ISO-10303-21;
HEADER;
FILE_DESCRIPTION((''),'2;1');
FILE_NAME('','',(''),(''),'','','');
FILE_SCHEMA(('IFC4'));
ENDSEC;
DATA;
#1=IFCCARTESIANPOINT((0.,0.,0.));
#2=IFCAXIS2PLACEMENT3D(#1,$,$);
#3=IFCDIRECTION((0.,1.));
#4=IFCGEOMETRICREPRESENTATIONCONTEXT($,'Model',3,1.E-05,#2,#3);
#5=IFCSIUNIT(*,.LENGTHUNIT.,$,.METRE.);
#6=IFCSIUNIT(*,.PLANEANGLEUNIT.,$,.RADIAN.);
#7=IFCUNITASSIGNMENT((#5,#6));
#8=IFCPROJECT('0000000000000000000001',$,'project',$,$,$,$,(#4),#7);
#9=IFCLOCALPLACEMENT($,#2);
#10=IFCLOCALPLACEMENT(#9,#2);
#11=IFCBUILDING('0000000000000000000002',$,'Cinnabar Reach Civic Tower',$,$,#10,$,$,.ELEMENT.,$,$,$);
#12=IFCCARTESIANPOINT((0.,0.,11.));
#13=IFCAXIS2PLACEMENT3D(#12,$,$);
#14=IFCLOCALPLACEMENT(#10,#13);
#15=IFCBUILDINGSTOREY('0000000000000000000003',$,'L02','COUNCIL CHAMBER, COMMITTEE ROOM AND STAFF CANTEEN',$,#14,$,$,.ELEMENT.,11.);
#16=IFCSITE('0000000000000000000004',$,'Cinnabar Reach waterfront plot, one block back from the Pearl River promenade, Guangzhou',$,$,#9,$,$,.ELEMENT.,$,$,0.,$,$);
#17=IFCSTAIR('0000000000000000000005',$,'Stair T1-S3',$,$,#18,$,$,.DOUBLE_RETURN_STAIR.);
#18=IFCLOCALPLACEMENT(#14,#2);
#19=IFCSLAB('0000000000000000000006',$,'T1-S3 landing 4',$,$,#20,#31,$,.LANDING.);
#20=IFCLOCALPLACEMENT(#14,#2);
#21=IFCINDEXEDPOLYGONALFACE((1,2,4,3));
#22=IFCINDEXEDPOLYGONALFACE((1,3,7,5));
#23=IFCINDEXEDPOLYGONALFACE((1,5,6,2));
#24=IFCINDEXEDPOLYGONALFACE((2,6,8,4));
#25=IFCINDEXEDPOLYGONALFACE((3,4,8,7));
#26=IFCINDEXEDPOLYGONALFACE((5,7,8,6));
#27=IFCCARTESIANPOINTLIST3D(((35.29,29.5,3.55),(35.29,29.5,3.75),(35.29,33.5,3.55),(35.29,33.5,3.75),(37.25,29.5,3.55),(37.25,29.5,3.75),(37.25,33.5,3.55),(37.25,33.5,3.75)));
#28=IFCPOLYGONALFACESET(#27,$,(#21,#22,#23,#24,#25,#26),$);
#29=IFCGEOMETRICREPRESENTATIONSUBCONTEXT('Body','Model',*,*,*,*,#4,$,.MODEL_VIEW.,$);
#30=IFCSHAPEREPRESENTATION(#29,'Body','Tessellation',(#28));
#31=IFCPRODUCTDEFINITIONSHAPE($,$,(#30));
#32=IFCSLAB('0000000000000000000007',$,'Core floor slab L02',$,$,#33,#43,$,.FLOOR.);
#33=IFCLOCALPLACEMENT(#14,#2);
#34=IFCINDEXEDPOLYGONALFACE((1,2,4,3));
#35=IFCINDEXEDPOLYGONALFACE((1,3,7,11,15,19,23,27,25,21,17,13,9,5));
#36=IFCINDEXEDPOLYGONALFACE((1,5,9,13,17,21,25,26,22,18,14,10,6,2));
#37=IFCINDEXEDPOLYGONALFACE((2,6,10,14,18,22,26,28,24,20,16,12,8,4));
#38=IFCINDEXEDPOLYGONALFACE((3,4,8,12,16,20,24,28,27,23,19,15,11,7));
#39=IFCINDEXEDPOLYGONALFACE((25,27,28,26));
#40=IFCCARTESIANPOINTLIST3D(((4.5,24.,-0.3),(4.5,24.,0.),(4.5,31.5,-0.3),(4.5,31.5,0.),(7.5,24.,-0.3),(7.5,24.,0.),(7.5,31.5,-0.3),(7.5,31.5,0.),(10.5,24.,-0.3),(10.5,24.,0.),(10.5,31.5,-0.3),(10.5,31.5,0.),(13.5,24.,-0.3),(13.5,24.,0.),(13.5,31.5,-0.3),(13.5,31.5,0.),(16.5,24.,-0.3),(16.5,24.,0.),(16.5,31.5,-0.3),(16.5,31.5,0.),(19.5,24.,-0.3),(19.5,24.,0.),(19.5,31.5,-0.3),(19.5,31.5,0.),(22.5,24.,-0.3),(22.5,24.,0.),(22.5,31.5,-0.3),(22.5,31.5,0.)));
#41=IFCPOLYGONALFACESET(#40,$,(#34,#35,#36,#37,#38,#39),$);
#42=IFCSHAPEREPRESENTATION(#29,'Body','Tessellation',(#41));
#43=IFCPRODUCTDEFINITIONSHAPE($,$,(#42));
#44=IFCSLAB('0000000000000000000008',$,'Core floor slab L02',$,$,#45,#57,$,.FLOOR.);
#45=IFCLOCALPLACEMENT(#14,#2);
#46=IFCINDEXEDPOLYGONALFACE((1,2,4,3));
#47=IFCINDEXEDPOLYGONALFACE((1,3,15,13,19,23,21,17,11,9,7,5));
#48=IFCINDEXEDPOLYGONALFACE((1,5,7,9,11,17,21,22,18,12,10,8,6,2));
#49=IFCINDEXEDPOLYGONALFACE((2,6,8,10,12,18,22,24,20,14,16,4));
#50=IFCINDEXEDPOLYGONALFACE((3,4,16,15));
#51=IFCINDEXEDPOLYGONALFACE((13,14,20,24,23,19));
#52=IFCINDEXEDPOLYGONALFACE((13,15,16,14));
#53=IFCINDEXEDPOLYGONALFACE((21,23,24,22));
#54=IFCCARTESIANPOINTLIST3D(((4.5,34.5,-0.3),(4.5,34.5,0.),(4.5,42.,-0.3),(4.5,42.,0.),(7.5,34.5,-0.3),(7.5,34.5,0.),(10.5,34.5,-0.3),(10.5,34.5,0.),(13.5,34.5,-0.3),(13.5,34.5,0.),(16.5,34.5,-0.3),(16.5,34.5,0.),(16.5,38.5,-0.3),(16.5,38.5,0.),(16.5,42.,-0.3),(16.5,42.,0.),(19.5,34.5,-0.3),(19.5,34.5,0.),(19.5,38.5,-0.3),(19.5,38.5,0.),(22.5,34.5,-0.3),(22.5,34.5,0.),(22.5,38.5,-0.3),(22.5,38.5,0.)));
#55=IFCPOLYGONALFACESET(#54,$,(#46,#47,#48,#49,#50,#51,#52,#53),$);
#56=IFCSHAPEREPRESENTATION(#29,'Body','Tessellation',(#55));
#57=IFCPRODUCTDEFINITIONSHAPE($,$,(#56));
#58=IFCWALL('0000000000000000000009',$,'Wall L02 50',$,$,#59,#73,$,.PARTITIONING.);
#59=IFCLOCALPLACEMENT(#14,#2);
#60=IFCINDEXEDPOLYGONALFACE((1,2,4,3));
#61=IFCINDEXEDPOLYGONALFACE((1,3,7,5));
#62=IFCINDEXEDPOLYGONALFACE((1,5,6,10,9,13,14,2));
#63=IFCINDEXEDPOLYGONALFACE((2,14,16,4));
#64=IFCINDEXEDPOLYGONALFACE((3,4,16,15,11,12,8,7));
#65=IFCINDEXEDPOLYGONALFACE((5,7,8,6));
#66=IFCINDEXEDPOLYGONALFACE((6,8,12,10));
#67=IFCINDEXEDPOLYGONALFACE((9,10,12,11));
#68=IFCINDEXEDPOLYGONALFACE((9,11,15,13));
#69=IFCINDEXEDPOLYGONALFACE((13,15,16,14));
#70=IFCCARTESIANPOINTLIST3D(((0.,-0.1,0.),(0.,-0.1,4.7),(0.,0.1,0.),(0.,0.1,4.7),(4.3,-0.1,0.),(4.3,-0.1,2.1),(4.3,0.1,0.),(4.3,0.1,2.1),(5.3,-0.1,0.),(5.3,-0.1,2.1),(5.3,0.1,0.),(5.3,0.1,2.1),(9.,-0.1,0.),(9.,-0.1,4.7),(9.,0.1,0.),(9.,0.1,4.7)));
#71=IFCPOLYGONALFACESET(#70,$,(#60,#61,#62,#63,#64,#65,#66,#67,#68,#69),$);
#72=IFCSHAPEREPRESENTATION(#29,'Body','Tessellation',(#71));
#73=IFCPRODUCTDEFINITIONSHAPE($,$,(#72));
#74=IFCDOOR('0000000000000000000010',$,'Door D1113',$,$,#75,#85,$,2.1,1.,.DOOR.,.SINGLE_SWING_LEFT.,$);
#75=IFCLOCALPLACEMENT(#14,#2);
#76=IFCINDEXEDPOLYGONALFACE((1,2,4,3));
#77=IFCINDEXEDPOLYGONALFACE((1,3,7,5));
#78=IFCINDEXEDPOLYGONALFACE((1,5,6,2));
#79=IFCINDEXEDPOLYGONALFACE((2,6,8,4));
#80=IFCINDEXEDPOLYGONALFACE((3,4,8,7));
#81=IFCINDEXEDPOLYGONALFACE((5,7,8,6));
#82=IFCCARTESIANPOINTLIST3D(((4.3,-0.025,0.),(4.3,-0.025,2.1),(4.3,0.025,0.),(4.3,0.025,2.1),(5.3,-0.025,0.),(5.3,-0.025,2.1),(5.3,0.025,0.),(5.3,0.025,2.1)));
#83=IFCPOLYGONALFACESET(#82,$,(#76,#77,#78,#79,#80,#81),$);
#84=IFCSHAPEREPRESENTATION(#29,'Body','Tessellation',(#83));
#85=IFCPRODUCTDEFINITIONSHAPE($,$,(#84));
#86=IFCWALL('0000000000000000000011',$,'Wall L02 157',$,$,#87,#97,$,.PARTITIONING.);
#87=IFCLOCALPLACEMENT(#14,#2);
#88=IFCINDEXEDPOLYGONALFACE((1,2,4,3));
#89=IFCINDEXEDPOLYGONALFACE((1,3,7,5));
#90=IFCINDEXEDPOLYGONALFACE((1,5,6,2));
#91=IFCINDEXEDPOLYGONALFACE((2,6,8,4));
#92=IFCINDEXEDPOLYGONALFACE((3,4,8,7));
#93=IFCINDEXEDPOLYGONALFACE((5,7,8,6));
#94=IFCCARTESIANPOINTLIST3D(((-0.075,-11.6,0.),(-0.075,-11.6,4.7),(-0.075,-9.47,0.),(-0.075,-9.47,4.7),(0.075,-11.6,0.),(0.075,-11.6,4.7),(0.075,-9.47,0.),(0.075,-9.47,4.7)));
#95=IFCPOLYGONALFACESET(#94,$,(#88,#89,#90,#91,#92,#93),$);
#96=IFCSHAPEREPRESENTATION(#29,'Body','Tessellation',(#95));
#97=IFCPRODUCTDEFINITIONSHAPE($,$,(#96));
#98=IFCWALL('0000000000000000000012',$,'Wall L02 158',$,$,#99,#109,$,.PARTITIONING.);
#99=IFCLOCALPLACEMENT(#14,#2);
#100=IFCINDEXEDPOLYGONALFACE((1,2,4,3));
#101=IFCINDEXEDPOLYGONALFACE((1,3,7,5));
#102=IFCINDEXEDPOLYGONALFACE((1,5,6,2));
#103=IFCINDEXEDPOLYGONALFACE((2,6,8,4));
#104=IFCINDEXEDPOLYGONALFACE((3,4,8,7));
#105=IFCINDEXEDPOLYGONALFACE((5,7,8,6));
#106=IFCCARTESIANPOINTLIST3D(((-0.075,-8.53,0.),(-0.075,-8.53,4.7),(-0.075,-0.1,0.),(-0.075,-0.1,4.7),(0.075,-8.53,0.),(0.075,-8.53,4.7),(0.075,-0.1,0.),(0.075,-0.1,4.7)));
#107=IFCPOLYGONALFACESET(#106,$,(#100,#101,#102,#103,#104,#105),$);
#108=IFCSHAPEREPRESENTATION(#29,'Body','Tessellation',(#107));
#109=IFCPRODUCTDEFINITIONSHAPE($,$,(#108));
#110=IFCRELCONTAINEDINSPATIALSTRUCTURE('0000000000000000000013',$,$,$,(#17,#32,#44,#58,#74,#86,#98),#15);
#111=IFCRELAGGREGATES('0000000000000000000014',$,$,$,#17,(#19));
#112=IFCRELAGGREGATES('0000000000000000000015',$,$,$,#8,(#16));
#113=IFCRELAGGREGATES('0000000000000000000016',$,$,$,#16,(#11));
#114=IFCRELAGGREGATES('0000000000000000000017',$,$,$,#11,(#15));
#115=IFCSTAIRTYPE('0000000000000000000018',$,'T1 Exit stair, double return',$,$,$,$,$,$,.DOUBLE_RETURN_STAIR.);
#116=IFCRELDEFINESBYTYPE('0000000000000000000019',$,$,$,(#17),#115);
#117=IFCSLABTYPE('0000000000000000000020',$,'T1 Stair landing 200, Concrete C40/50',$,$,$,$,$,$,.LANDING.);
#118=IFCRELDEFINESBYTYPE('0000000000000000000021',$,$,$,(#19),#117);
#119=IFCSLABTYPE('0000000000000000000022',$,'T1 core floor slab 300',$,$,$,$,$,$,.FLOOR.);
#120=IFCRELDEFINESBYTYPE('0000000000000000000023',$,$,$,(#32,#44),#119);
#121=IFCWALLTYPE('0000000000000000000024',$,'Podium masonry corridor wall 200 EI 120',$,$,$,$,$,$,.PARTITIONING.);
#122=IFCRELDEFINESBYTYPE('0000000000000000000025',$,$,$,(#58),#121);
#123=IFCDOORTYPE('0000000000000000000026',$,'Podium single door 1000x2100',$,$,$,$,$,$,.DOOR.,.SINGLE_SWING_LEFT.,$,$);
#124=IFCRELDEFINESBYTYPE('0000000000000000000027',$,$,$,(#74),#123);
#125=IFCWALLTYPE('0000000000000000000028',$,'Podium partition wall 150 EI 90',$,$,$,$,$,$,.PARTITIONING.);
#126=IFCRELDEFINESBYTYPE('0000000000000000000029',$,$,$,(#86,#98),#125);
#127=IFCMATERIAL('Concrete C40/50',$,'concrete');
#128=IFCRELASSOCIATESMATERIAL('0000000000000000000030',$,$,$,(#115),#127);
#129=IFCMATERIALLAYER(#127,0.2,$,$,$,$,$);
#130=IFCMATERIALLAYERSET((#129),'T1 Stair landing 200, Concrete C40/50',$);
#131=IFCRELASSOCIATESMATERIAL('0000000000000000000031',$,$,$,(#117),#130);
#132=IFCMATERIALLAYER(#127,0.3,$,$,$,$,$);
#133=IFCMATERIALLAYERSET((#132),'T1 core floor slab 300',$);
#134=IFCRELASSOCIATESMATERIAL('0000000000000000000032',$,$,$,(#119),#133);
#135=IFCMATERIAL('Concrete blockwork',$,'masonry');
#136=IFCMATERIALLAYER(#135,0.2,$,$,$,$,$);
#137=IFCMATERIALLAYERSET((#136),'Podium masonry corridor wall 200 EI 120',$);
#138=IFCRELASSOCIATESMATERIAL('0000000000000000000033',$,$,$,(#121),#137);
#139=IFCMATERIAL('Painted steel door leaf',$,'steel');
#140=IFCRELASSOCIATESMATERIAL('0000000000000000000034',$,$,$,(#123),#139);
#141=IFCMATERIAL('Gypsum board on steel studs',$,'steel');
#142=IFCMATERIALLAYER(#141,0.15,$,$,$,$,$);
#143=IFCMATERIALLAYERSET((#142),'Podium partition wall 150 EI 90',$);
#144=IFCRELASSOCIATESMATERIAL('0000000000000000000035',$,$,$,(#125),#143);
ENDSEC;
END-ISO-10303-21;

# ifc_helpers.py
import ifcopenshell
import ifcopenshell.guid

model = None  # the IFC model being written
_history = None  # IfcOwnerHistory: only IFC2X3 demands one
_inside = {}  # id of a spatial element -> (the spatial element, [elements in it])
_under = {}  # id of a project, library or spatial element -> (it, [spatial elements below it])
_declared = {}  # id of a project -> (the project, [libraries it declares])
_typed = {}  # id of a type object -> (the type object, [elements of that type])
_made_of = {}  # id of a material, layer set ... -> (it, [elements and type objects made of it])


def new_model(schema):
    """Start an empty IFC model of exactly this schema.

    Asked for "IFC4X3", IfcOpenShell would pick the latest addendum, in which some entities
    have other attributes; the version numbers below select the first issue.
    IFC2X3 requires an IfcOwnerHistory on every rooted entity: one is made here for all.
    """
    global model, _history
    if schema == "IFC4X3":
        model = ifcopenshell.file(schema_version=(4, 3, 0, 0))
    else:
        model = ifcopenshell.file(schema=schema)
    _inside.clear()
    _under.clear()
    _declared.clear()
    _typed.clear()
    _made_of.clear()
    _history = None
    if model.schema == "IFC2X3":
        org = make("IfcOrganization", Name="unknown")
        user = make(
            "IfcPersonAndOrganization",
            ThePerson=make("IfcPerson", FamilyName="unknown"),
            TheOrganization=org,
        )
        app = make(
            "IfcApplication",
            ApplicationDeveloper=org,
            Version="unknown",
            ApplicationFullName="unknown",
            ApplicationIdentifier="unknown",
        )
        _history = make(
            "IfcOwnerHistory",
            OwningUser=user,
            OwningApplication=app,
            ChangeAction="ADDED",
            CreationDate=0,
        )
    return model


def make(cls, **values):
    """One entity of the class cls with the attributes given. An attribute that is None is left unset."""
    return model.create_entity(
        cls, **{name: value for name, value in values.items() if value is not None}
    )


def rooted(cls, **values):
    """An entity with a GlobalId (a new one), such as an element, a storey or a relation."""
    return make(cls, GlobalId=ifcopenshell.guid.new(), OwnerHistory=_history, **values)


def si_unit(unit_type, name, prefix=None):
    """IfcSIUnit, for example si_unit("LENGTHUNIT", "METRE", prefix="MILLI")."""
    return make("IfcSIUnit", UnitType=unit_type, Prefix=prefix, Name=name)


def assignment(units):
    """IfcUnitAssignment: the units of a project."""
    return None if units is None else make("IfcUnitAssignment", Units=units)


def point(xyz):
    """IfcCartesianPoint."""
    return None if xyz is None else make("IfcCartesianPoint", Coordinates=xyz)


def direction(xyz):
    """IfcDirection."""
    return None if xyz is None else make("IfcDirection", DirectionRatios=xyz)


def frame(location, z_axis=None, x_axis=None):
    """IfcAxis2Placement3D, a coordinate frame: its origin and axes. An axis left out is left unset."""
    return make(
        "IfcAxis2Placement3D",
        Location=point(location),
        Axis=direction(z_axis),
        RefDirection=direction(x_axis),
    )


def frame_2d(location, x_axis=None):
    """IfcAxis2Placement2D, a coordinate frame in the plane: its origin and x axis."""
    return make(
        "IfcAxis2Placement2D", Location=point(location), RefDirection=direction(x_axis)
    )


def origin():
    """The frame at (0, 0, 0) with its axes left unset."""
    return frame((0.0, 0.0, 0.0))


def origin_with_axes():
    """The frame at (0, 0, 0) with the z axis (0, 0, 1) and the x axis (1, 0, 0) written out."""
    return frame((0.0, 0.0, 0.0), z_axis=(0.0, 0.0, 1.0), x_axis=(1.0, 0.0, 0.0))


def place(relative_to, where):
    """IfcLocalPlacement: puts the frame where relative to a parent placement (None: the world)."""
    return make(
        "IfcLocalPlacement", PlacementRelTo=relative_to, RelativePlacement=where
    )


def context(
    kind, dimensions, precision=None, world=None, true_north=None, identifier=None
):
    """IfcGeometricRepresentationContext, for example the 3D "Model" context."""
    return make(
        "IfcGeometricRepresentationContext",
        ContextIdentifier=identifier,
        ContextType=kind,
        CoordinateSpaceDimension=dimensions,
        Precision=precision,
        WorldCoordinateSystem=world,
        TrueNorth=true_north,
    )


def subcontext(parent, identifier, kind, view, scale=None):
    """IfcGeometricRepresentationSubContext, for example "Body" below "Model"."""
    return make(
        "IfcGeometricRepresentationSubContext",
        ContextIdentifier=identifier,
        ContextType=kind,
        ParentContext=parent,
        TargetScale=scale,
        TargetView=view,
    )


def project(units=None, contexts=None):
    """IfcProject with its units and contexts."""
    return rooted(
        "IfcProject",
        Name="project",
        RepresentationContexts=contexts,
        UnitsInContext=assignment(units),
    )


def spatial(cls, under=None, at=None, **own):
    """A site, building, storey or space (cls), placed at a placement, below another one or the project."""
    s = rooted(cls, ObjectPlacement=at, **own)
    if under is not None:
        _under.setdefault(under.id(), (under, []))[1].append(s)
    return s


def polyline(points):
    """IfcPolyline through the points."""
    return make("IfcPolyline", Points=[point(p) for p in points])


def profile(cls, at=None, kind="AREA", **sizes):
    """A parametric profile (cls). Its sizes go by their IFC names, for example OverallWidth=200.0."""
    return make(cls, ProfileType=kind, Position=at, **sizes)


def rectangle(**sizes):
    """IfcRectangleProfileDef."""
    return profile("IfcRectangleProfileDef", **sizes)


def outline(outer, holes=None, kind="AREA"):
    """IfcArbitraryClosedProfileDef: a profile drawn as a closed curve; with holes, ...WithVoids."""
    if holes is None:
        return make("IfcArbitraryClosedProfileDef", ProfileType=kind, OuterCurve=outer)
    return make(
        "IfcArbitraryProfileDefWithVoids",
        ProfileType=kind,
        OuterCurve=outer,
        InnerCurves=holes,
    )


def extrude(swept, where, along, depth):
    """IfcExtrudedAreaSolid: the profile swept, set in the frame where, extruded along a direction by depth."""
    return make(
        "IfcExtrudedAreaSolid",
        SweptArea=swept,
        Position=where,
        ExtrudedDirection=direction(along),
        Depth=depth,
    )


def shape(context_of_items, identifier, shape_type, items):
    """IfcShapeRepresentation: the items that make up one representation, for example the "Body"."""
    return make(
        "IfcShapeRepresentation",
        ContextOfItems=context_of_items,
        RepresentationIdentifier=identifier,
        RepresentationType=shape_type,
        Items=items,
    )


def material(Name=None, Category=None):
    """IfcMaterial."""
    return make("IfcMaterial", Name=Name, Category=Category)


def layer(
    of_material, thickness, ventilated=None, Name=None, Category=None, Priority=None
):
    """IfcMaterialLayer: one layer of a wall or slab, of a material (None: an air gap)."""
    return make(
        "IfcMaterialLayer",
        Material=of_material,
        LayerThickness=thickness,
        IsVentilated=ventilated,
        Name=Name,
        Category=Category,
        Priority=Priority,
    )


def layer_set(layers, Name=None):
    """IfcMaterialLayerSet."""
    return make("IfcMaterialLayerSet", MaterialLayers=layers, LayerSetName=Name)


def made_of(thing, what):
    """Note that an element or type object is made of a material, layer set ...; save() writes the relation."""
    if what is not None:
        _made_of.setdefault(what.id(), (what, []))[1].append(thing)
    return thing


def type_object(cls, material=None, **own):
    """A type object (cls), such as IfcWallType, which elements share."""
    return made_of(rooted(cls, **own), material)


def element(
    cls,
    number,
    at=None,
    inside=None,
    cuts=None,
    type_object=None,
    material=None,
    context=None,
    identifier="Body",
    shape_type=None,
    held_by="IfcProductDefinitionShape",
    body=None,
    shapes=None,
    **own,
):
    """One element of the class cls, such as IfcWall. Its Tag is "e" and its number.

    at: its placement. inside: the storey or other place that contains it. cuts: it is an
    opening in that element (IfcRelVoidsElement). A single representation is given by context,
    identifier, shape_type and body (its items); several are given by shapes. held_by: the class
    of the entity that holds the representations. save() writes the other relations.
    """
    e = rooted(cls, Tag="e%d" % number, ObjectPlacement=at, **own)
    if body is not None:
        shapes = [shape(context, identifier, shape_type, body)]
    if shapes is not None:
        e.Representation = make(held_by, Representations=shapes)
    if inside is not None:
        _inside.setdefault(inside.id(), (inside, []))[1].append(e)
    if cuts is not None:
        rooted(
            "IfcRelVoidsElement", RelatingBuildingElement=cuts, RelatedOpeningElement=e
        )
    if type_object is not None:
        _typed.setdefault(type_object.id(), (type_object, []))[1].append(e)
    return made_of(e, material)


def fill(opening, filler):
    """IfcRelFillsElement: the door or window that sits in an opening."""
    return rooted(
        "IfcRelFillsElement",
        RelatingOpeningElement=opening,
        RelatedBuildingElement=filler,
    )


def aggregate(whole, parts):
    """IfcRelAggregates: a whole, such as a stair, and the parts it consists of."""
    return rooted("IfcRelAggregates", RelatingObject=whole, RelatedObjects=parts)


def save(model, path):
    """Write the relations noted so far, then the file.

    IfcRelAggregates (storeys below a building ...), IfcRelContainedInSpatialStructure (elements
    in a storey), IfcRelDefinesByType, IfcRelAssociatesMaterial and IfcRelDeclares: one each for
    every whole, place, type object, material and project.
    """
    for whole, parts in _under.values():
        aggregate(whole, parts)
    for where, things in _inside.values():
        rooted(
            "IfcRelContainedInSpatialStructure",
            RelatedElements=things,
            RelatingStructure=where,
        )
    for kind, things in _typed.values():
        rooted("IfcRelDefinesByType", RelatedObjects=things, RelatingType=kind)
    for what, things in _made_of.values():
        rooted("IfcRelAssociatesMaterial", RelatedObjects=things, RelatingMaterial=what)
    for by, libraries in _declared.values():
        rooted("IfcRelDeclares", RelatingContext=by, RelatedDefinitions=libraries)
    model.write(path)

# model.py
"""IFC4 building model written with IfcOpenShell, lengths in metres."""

from ifc_helpers import new_model, si_unit, direction, frame, frame_2d, origin, origin_with_axes, place, context, subcontext, project, spatial, polyline, rectangle, outline, extrude, material, layer, layer_set, type_object, element, fill, aggregate, save


model = new_model("IFC4")

# Units and contexts
model_context = context("Model", 3, precision=1e-05, world=origin(), true_north=direction((0.0, 1.0)))
body_context = subcontext(model_context, "Body", "Model", "MODEL_VIEW")
ifc_project = project(units=[si_unit("LENGTHUNIT", "METRE"), si_unit("PLANEANGLEUNIT", "RADIAN")], contexts=[model_context])

# Site, building, storey
site_placement = place(None, origin())
site = spatial("IfcSite", under=ifc_project, at=site_placement, Name="Cinnabar Reach waterfront plot, one block back from the Pearl River promenade, Guangzhou", CompositionType="ELEMENT", RefElevation=0.0)
building_placement = place(site_placement, origin())
building = spatial("IfcBuilding", under=site, at=building_placement, Name="Cinnabar Reach Civic Tower", CompositionType="ELEMENT")
storey_placement = place(building_placement, frame((0.0, 0.0, 11.0)))
storey = spatial("IfcBuildingStorey", under=building, at=storey_placement, Name="L02", Description="COUNCIL CHAMBER, COMMITTEE ROOM AND STAFF CANTEEN", CompositionType="ELEMENT", Elevation=11.0)

# Stair, slab
ifc_material_1 = material(Name="Concrete C40/50", Category="concrete")
stair_type_1 = type_object("IfcStairType", Name="T1 Exit stair, double return", PredefinedType="DOUBLE_RETURN_STAIR", material=ifc_material_1)
ifc_layer_1 = layer(ifc_material_1, 0.2)
ifc_layer_set_1 = layer_set([ifc_layer_1], Name="T1 Stair landing 200, Concrete C40/50")
slab_type_1 = type_object("IfcSlabType", Name="T1 Stair landing 200, Concrete C40/50", PredefinedType="LANDING", material=ifc_layer_set_1)
stair_1_placement = place(storey_placement, origin())
stair_1 = element("IfcStair", 1, at=stair_1_placement, inside=storey, type_object=stair_type_1, Name="Stair T1-S3", PredefinedType="DOUBLE_RETURN_STAIR")
slab_1_placement = place(storey_placement, frame((0.0, 0.0, 3.55)))
slab_1 = element("IfcSlab", 2, at=slab_1_placement, type_object=slab_type_1, Name="T1-S3 landing 4", PredefinedType="LANDING", context=body_context, shape_type="SweptSolid", body=[
    extrude(outline(polyline([(35.29, 29.5), (37.25, 29.5), (37.25, 33.5), (35.29, 33.5), (35.29, 29.5)])), origin(), (0.0, 0.0, 1.0), 0.2),
])
aggregate(stair_1, [slab_1])

# Slabs
ifc_layer_2 = layer(ifc_material_1, 0.3)
ifc_layer_set_2 = layer_set([ifc_layer_2], Name="T1 core floor slab 300")
slab_type_2 = type_object("IfcSlabType", Name="T1 core floor slab 300", PredefinedType="FLOOR", material=ifc_layer_set_2)
slab_2_placement = place(storey_placement, frame((0.0, 0.0, -0.3)))
element("IfcSlab", 3, at=slab_2_placement, inside=storey, type_object=slab_type_2, Name="Core floor slab L02", PredefinedType="FLOOR", context=body_context, shape_type="SweptSolid", body=[
    extrude(outline(polyline([(22.5, 24.0), (19.5, 24.0), (16.5, 24.0), (13.5, 24.0), (10.5, 24.0), (7.5, 24.0), (4.5, 24.0), (4.5, 31.5), (7.5, 31.5), (10.5, 31.5), (13.5, 31.5), (16.5, 31.5), (19.5, 31.5), (22.5, 31.5), (22.5, 24.0)])), origin(), (0.0, 0.0, 1.0), 0.3),
])
slab_3_placement = place(storey_placement, frame((0.0, 0.0, -0.3)))
element("IfcSlab", 4, at=slab_3_placement, inside=storey, type_object=slab_type_2, Name="Core floor slab L02", PredefinedType="FLOOR", context=body_context, shape_type="SweptSolid", body=[
    extrude(outline(polyline([(22.5, 34.5), (19.5, 34.5), (16.5, 34.5), (13.5, 34.5), (10.5, 34.5), (7.5, 34.5), (4.5, 34.5), (4.5, 42.0), (16.5, 42.0), (16.5, 38.5), (19.5, 38.5), (22.5, 38.5), (22.5, 34.5)])), origin(), (0.0, 0.0, 1.0), 0.3),
])

# Wall, opening, door
ifc_material_2 = material(Name="Concrete blockwork", Category="masonry")
ifc_layer_3 = layer(ifc_material_2, 0.2)
ifc_layer_set_3 = layer_set([ifc_layer_3], Name="Podium masonry corridor wall 200 EI 120")
wall_type_1 = type_object("IfcWallType", Name="Podium masonry corridor wall 200 EI 120", PredefinedType="PARTITIONING", material=ifc_layer_set_3)
wall_1_placement = place(storey_placement, origin_with_axes())
wall_1 = element("IfcWall", 5, at=wall_1_placement, inside=storey, type_object=wall_type_1, Name="Wall L02 50", PredefinedType="PARTITIONING", context=body_context, shape_type="SweptSolid", body=[
    extrude(rectangle(XDim=9.0, YDim=0.2, at=frame_2d((4.5, 0.0))), origin(), (0.0, 0.0, 1.0), 4.7),
])
opening_placement = place(wall_1_placement, frame((4.3, 0.0, 0.0)))
opening = element("IfcOpeningElement", 6, at=opening_placement, cuts=wall_1, PredefinedType="OPENING", context=body_context, shape_type="SweptSolid", body=[
    extrude(rectangle(XDim=1.0, YDim=2.1, at=frame_2d((0.5, 1.05))), frame((0.0, 0.11, 0.0), z_axis=(0.0, -1.0, 0.0), x_axis=(1.0, 0.0, 0.0)), (0.0, 0.0, 1.0), 0.22),
])
ifc_material_3 = material(Name="Painted steel door leaf", Category="steel")
door_type = type_object("IfcDoorType", Name="Podium single door 1000x2100", OperationType="SINGLE_SWING_LEFT", PredefinedType="DOOR", material=ifc_material_3)
door_placement = place(opening_placement, frame((1.0, 0.0, 0.0), z_axis=(0.0, 0.0, 1.0), x_axis=(-1.0, 0.0, 0.0)))
door = element("IfcDoor", 7, at=door_placement, inside=storey, type_object=door_type, Name="Door D1113", OperationType="SINGLE_SWING_LEFT", OverallHeight=2.1, OverallWidth=1.0, PredefinedType="DOOR", context=body_context, shape_type="SweptSolid", body=[
    extrude(rectangle(XDim=1.0, YDim=2.1, at=frame_2d((0.5, 1.05))), frame((0.0, 0.025, 0.0), z_axis=(0.0, -1.0, 0.0), x_axis=(1.0, 0.0, 0.0)), (0.0, 0.0, 1.0), 0.05),
])
fill(opening, door)

# Walls
ifc_material_4 = material(Name="Gypsum board on steel studs", Category="steel")
ifc_layer_4 = layer(ifc_material_4, 0.15)
ifc_layer_set_4 = layer_set([ifc_layer_4], Name="Podium partition wall 150 EI 90")
wall_type_2 = type_object("IfcWallType", Name="Podium partition wall 150 EI 90", PredefinedType="PARTITIONING", material=ifc_layer_set_4)
wall_2_placement = place(storey_placement, frame((0.0, -11.6, 0.0), z_axis=(0.0, 0.0, 1.0), x_axis=(0.0, 1.0, 0.0)))
element("IfcWall", 8, at=wall_2_placement, inside=storey, type_object=wall_type_2, Name="Wall L02 157", PredefinedType="PARTITIONING", context=body_context, shape_type="SweptSolid", body=[
    extrude(rectangle(XDim=2.13, YDim=0.15, at=frame_2d((1.065, 0.0))), origin(), (0.0, 0.0, 1.0), 4.7),
])
wall_3_placement = place(storey_placement, frame((0.0, -8.53, 0.0), z_axis=(0.0, 0.0, 1.0), x_axis=(0.0, 1.0, 0.0)))
element("IfcWall", 9, at=wall_3_placement, inside=storey, type_object=wall_type_2, Name="Wall L02 158", PredefinedType="PARTITIONING", context=body_context, shape_type="SweptSolid", body=[
    extrude(rectangle(XDim=8.43, YDim=0.15, at=frame_2d((4.215, 0.0))), origin(), (0.0, 0.0, 1.0), 4.7),
])

save(model, "model.ifc")
